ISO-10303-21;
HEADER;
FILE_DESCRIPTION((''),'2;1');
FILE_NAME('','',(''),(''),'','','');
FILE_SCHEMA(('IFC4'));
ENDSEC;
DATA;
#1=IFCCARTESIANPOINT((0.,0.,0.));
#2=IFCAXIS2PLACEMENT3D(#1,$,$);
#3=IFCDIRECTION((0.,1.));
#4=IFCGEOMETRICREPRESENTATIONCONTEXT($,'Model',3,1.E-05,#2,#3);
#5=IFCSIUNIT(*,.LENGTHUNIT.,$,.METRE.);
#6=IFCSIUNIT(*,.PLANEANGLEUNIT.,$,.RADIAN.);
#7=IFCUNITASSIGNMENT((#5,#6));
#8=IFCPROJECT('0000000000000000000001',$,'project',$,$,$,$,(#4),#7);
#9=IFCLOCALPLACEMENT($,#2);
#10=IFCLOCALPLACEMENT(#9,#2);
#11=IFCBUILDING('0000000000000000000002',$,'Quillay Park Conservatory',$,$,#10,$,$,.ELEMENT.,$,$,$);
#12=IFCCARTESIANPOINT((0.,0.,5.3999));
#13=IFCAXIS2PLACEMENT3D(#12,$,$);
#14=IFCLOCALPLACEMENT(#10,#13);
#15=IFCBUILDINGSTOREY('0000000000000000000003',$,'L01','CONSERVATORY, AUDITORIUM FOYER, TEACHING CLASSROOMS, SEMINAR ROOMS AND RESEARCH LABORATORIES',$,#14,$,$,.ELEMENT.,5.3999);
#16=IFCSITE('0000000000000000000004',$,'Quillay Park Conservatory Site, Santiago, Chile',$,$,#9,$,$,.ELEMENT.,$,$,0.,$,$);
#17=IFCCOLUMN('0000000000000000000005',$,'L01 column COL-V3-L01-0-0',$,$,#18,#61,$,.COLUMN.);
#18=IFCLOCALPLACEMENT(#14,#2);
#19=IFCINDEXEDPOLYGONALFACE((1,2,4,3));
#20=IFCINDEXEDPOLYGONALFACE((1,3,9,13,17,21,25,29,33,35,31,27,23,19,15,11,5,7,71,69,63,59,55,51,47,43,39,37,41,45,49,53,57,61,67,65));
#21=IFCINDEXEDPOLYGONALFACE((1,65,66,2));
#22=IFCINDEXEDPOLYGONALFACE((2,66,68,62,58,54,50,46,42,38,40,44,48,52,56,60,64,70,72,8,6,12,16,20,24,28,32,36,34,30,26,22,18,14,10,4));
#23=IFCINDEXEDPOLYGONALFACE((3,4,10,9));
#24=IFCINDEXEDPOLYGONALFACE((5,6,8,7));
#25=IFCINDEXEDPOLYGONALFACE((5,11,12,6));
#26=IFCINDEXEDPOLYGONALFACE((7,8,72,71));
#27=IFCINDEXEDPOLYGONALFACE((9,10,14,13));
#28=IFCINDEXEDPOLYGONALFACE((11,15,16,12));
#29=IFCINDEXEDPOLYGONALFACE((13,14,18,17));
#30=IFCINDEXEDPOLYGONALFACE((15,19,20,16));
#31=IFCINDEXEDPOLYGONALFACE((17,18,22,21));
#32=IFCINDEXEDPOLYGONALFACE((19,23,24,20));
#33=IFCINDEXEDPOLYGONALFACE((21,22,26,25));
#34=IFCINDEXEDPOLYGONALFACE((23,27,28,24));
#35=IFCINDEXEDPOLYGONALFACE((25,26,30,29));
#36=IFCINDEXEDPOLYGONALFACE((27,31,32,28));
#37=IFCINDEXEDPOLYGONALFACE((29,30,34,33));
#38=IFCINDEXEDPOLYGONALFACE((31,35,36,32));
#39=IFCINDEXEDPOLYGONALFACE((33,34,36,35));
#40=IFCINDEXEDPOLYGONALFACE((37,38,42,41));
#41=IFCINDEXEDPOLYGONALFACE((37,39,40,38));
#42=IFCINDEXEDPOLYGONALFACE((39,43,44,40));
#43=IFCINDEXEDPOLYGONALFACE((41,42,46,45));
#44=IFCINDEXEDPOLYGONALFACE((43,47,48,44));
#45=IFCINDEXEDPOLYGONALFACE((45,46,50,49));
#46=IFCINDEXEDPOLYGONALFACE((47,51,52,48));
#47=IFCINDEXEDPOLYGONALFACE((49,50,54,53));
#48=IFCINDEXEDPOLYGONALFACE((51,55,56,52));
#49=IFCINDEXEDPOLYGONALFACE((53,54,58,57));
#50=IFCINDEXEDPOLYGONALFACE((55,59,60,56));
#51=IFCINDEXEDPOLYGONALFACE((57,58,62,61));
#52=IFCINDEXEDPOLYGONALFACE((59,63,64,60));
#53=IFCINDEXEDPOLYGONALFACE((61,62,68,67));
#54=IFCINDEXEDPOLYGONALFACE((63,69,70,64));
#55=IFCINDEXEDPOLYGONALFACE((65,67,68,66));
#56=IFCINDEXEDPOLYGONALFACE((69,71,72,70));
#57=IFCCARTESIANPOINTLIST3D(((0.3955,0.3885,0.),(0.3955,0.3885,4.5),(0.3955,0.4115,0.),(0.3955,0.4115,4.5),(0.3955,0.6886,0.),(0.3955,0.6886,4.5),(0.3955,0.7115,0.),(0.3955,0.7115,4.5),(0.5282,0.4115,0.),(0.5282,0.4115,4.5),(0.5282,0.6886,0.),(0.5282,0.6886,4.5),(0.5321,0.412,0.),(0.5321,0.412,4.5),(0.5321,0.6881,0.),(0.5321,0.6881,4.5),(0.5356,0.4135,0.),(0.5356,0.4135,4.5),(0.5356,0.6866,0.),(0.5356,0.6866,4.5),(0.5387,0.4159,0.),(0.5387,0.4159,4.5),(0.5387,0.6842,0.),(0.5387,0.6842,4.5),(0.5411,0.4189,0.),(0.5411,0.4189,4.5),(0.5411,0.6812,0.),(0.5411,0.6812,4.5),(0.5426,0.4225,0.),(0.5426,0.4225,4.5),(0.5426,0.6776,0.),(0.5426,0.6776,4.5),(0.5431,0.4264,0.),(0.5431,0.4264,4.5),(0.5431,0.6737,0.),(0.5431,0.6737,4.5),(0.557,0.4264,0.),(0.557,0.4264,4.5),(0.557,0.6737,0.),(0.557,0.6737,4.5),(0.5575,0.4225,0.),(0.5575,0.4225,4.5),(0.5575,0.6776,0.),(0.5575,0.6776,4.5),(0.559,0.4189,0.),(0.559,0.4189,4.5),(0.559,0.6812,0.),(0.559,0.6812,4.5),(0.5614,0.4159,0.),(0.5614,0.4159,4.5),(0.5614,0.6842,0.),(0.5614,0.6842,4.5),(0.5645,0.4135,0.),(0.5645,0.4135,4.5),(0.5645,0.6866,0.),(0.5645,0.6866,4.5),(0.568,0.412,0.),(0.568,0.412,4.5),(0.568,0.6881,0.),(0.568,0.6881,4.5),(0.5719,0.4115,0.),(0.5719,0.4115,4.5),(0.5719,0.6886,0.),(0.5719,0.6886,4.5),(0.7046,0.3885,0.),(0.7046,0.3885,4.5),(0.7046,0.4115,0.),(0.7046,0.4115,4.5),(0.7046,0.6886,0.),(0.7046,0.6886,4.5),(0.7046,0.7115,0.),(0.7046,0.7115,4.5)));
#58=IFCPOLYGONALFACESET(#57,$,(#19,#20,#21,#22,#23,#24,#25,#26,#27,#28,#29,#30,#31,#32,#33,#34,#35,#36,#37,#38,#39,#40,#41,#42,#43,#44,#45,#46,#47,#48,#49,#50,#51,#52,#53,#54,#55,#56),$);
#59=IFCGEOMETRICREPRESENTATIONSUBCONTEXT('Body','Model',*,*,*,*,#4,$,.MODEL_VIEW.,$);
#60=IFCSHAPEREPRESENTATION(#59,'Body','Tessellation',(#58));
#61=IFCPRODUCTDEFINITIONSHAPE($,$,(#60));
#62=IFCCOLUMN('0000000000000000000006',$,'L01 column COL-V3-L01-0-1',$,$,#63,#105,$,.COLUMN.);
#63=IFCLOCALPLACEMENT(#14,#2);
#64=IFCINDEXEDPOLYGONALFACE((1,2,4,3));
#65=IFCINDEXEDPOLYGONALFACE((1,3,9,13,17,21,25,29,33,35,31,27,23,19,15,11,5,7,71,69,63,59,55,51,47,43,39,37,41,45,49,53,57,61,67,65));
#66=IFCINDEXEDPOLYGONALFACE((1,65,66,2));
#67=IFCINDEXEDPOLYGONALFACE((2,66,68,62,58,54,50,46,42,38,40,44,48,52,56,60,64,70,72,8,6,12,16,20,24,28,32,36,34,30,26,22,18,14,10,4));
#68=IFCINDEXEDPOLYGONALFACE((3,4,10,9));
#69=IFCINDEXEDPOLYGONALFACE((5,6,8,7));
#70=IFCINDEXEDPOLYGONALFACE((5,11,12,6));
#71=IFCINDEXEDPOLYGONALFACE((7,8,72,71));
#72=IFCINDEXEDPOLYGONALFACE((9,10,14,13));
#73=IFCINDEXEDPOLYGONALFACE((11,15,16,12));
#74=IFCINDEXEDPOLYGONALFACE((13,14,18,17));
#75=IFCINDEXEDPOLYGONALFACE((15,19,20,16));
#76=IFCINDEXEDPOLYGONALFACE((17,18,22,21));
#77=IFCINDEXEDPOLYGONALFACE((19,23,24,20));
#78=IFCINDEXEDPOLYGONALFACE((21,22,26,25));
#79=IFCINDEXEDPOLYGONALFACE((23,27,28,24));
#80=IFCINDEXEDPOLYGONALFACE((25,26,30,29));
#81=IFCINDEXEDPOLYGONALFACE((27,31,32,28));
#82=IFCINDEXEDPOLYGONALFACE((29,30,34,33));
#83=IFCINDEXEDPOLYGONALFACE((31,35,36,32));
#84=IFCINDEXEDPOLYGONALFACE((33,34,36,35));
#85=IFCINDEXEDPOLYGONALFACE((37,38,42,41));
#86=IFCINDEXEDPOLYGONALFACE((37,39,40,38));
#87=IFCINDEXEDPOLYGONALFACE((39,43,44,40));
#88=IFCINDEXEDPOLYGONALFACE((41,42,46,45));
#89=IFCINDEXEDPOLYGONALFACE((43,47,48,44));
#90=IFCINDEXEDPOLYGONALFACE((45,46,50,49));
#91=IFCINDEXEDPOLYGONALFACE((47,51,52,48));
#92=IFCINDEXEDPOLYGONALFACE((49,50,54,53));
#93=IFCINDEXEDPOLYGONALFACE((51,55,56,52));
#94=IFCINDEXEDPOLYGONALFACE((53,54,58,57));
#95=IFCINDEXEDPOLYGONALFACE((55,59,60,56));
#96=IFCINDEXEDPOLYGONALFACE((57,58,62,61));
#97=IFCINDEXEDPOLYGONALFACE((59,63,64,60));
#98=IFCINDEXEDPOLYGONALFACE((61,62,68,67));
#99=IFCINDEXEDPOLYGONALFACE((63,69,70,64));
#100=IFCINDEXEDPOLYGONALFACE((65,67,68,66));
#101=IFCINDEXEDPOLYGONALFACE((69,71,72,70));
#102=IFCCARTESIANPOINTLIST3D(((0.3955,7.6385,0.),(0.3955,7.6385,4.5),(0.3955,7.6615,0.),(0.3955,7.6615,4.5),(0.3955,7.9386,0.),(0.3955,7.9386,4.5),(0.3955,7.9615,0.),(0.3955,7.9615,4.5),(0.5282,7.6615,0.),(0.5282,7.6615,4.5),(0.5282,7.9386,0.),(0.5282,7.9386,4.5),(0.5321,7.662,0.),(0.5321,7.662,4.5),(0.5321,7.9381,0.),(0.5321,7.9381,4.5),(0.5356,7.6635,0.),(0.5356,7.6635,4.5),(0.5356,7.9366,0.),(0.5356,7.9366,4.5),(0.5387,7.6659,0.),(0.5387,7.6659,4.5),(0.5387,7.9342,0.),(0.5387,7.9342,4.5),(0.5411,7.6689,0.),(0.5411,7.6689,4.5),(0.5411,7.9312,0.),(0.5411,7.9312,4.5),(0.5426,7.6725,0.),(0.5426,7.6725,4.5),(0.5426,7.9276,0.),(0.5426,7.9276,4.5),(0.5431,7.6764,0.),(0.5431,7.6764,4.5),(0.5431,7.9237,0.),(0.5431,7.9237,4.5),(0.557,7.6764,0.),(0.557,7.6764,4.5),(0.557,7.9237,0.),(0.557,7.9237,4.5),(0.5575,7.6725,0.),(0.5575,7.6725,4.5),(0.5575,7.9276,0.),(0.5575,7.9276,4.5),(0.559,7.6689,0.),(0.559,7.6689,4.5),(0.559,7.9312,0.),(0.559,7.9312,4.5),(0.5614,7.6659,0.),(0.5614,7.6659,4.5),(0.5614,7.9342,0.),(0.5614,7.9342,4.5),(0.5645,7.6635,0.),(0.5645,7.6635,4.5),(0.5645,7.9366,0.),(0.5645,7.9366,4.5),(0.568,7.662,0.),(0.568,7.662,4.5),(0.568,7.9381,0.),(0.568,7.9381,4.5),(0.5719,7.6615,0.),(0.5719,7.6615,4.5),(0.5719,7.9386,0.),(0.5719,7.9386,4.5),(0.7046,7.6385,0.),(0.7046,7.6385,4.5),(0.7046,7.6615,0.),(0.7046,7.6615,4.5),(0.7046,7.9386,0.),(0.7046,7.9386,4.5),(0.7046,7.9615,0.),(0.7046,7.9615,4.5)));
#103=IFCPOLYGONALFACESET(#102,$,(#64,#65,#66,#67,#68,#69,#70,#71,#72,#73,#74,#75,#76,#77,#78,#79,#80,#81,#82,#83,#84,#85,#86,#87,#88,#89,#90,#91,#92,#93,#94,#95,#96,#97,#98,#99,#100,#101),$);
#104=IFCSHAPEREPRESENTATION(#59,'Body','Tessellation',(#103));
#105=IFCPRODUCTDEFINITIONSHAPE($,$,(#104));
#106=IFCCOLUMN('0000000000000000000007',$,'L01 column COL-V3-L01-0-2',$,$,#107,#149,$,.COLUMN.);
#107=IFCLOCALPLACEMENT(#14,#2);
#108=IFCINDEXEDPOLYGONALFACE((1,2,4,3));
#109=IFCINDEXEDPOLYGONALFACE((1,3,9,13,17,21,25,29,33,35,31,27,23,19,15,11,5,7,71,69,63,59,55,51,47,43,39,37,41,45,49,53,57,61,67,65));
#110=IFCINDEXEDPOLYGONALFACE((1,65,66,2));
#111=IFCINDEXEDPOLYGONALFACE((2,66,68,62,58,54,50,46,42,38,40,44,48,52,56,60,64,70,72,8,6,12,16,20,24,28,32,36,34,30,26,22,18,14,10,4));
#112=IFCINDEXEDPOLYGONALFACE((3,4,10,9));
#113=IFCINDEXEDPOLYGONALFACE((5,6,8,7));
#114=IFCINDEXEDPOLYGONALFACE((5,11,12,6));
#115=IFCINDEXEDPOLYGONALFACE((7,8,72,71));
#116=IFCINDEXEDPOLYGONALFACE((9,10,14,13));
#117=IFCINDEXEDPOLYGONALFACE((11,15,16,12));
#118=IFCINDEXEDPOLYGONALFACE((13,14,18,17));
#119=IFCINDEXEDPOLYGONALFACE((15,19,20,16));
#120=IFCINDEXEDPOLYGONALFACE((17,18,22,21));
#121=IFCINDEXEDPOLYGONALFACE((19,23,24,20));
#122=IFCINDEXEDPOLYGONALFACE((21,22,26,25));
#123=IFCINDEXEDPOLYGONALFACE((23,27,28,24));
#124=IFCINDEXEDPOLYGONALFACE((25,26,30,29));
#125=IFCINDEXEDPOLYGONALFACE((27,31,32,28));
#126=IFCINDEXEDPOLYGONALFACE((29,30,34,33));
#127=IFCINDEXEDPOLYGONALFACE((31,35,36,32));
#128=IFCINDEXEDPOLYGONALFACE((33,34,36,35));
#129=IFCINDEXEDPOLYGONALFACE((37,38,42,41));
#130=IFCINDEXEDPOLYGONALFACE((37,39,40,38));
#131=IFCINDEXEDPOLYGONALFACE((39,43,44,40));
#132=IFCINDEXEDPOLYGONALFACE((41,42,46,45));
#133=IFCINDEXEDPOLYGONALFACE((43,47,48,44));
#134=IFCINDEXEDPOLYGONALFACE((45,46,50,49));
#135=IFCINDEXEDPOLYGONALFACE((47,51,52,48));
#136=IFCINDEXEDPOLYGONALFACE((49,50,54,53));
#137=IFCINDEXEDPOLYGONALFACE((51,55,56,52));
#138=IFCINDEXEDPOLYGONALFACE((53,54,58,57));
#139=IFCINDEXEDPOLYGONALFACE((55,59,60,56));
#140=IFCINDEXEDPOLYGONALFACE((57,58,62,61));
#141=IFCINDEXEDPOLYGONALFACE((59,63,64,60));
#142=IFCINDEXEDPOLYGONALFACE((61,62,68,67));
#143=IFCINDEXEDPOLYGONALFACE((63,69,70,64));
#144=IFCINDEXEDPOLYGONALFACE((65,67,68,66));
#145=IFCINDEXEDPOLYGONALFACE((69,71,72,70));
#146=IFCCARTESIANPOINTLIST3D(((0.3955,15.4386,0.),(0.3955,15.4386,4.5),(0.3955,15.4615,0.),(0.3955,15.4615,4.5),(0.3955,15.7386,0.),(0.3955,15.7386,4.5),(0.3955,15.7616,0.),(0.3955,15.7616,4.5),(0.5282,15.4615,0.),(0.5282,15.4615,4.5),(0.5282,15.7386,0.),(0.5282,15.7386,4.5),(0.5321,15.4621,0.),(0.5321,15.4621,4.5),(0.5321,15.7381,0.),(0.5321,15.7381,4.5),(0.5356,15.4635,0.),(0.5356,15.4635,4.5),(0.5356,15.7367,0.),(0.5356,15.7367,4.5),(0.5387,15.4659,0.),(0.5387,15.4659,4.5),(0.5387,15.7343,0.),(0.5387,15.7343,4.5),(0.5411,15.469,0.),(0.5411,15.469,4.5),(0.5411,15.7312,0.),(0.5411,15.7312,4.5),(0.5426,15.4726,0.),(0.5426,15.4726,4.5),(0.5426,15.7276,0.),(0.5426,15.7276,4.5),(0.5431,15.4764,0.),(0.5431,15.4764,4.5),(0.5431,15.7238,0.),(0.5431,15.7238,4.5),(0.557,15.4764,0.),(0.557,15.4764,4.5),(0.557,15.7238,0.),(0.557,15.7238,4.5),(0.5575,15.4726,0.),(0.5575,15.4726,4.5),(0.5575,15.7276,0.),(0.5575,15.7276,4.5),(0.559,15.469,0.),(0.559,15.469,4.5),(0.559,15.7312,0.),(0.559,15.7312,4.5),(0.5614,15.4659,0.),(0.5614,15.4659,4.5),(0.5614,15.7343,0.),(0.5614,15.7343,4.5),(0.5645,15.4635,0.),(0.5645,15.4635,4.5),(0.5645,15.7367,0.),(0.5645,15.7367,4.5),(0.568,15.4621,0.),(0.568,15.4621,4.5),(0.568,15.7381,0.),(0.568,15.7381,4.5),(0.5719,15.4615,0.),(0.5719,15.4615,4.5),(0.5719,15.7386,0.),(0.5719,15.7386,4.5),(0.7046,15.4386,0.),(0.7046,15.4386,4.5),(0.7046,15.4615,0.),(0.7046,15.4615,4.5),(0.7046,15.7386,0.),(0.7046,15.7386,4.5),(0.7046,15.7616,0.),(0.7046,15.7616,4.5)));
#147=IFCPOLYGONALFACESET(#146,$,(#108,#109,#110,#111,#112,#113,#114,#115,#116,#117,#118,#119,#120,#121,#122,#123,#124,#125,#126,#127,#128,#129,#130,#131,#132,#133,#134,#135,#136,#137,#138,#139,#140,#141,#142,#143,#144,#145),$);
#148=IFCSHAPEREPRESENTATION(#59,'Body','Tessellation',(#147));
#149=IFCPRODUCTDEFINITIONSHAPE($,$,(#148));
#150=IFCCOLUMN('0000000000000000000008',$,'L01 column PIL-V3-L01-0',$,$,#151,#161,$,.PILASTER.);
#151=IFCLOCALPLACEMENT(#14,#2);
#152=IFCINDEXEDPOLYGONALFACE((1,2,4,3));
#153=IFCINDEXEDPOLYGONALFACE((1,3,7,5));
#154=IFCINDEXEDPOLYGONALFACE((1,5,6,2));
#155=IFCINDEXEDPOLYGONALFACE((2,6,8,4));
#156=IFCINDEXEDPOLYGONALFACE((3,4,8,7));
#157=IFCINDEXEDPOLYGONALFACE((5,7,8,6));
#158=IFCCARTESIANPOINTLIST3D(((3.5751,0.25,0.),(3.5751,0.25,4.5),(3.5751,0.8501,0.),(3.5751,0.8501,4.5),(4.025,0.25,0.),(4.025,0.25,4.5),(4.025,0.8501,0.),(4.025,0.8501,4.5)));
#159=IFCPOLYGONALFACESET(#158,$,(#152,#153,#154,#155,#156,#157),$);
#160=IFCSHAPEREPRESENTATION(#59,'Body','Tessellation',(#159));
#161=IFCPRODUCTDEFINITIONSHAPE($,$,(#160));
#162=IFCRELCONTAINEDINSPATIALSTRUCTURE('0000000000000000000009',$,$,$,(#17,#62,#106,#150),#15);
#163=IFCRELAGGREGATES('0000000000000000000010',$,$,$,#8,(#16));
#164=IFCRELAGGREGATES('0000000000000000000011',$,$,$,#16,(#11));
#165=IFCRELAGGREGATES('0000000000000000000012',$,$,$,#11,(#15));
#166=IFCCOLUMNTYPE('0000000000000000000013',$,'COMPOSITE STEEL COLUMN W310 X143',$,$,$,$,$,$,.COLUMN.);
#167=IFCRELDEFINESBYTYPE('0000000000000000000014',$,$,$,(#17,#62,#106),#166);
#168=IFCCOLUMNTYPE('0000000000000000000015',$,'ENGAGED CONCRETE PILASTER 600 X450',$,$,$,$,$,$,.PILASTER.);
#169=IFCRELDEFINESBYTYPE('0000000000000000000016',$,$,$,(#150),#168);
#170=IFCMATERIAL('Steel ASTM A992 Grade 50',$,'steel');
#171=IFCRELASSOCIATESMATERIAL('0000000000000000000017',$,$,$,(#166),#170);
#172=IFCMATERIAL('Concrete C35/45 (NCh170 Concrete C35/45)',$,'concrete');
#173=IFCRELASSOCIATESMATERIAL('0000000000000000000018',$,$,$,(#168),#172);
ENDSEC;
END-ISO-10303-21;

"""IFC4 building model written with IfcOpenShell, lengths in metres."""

from ifc_helpers import new_model, si_unit, direction, frame, origin, origin_2d, place, context, subcontext, project, spatial, rectangle, i_section, extrude, material, material_profile, profile_set, type_object, element, save


model = new_model("IFC4")

# Units and contexts
model_context = context("Model", 3, precision=1e-05, world=origin(), true_north=direction((0.0, 1.0)))
body_context = subcontext(model_context, "Body", "Model", "MODEL_VIEW")
ifc_project = project(units=[si_unit("LENGTHUNIT", "METRE"), si_unit("PLANEANGLEUNIT", "RADIAN")], contexts=[model_context])

# Site, building, storey
site_placement = place(None, origin())
site = spatial("IfcSite", under=ifc_project, at=site_placement, Name="Quillay Park Conservatory Site, Santiago, Chile", CompositionType="ELEMENT", RefElevation=0.0)
building_placement = place(site_placement, origin())
building = spatial("IfcBuilding", under=site, at=building_placement, Name="Quillay Park Conservatory", CompositionType="ELEMENT")
storey_placement = place(building_placement, frame((0.0, 0.0, 5.3999)))
storey = spatial("IfcBuildingStorey", under=building, at=storey_placement, Name="L01", Description="CONSERVATORY, AUDITORIUM FOYER, TEACHING CLASSROOMS, SEMINAR ROOMS AND RESEARCH LABORATORIES", CompositionType="ELEMENT", Elevation=5.3999)

# Columns
ifc_material_1 = material(Name="Steel ASTM A992 Grade 50", Category="steel")
ifc_material_profile_1 = material_profile(ifc_material_1, i_section(OverallWidth=0.3091, OverallDepth=0.323, WebThickness=0.0139, FlangeThickness=0.0229, FilletRadius=0.0149, at=origin_2d()), Name="W310x143")
ifc_profile_set_1 = profile_set([ifc_material_profile_1], Name="Steel ASTM A992 Grade 50")
column_type_1 = type_object("IfcColumnType", Name="COMPOSITE STEEL COLUMN W310 X143", PredefinedType="COLUMN", material=ifc_profile_set_1)
for number, where, z_axis, x_axis, name in (
    (1, (0.55, 0.55, 0.0), (0.0, 0.0, 1.0), (1.0, 0.0, 0.0), "L01 column COL-V3-L01-0-0"),
    (2, (0.55, 7.8, 0.0), (0.0, 0.0, 1.0), (1.0, 0.0, 0.0), "L01 column COL-V3-L01-0-1"),
    (3, (0.55, 15.6001, 0.0), (0.0, 0.0, 1.0), (1.0, 0.0, 0.0), "L01 column COL-V3-L01-0-2"),
):
    element("IfcColumn", number, at=place(storey_placement, frame(where, z_axis=z_axis, x_axis=x_axis)), inside=storey, type_object=column_type_1, Name=name, PredefinedType="COLUMN", context=body_context, shape_type="SweptSolid", body=[
        extrude(i_section(OverallWidth=0.3091, OverallDepth=0.323, WebThickness=0.0139, FlangeThickness=0.0229, FilletRadius=0.0149, at=origin_2d()), origin(), (0.0, 0.0, 1.0), 4.5),
    ])
ifc_material_2 = material(Name="Concrete C35/45 (NCh170 Concrete C35/45)", Category="concrete")
ifc_material_profile_2 = material_profile(ifc_material_2, rectangle(XDim=0.45, YDim=0.6001, at=origin_2d()), Name="RC600x450")
ifc_profile_set_2 = profile_set([ifc_material_profile_2], Name="Concrete C35/45 (NCh170 Concrete C35/45)")
column_type_2 = type_object("IfcColumnType", Name="ENGAGED CONCRETE PILASTER 600 X450", PredefinedType="PILASTER", material=ifc_profile_set_2)
column_placement = place(storey_placement, frame((3.8, 0.55, 0.0), z_axis=(0.0, 0.0, 1.0), x_axis=(1.0, 0.0, 0.0)))
element("IfcColumn", 4, at=column_placement, inside=storey, type_object=column_type_2, Name="L01 column PIL-V3-L01-0", PredefinedType="PILASTER", context=body_context, shape_type="SweptSolid", body=[
    extrude(rectangle(XDim=0.45, YDim=0.6001, at=origin_2d()), origin(), (0.0, 0.0, 1.0), 4.5),
])

save(model, "model.ifc")
